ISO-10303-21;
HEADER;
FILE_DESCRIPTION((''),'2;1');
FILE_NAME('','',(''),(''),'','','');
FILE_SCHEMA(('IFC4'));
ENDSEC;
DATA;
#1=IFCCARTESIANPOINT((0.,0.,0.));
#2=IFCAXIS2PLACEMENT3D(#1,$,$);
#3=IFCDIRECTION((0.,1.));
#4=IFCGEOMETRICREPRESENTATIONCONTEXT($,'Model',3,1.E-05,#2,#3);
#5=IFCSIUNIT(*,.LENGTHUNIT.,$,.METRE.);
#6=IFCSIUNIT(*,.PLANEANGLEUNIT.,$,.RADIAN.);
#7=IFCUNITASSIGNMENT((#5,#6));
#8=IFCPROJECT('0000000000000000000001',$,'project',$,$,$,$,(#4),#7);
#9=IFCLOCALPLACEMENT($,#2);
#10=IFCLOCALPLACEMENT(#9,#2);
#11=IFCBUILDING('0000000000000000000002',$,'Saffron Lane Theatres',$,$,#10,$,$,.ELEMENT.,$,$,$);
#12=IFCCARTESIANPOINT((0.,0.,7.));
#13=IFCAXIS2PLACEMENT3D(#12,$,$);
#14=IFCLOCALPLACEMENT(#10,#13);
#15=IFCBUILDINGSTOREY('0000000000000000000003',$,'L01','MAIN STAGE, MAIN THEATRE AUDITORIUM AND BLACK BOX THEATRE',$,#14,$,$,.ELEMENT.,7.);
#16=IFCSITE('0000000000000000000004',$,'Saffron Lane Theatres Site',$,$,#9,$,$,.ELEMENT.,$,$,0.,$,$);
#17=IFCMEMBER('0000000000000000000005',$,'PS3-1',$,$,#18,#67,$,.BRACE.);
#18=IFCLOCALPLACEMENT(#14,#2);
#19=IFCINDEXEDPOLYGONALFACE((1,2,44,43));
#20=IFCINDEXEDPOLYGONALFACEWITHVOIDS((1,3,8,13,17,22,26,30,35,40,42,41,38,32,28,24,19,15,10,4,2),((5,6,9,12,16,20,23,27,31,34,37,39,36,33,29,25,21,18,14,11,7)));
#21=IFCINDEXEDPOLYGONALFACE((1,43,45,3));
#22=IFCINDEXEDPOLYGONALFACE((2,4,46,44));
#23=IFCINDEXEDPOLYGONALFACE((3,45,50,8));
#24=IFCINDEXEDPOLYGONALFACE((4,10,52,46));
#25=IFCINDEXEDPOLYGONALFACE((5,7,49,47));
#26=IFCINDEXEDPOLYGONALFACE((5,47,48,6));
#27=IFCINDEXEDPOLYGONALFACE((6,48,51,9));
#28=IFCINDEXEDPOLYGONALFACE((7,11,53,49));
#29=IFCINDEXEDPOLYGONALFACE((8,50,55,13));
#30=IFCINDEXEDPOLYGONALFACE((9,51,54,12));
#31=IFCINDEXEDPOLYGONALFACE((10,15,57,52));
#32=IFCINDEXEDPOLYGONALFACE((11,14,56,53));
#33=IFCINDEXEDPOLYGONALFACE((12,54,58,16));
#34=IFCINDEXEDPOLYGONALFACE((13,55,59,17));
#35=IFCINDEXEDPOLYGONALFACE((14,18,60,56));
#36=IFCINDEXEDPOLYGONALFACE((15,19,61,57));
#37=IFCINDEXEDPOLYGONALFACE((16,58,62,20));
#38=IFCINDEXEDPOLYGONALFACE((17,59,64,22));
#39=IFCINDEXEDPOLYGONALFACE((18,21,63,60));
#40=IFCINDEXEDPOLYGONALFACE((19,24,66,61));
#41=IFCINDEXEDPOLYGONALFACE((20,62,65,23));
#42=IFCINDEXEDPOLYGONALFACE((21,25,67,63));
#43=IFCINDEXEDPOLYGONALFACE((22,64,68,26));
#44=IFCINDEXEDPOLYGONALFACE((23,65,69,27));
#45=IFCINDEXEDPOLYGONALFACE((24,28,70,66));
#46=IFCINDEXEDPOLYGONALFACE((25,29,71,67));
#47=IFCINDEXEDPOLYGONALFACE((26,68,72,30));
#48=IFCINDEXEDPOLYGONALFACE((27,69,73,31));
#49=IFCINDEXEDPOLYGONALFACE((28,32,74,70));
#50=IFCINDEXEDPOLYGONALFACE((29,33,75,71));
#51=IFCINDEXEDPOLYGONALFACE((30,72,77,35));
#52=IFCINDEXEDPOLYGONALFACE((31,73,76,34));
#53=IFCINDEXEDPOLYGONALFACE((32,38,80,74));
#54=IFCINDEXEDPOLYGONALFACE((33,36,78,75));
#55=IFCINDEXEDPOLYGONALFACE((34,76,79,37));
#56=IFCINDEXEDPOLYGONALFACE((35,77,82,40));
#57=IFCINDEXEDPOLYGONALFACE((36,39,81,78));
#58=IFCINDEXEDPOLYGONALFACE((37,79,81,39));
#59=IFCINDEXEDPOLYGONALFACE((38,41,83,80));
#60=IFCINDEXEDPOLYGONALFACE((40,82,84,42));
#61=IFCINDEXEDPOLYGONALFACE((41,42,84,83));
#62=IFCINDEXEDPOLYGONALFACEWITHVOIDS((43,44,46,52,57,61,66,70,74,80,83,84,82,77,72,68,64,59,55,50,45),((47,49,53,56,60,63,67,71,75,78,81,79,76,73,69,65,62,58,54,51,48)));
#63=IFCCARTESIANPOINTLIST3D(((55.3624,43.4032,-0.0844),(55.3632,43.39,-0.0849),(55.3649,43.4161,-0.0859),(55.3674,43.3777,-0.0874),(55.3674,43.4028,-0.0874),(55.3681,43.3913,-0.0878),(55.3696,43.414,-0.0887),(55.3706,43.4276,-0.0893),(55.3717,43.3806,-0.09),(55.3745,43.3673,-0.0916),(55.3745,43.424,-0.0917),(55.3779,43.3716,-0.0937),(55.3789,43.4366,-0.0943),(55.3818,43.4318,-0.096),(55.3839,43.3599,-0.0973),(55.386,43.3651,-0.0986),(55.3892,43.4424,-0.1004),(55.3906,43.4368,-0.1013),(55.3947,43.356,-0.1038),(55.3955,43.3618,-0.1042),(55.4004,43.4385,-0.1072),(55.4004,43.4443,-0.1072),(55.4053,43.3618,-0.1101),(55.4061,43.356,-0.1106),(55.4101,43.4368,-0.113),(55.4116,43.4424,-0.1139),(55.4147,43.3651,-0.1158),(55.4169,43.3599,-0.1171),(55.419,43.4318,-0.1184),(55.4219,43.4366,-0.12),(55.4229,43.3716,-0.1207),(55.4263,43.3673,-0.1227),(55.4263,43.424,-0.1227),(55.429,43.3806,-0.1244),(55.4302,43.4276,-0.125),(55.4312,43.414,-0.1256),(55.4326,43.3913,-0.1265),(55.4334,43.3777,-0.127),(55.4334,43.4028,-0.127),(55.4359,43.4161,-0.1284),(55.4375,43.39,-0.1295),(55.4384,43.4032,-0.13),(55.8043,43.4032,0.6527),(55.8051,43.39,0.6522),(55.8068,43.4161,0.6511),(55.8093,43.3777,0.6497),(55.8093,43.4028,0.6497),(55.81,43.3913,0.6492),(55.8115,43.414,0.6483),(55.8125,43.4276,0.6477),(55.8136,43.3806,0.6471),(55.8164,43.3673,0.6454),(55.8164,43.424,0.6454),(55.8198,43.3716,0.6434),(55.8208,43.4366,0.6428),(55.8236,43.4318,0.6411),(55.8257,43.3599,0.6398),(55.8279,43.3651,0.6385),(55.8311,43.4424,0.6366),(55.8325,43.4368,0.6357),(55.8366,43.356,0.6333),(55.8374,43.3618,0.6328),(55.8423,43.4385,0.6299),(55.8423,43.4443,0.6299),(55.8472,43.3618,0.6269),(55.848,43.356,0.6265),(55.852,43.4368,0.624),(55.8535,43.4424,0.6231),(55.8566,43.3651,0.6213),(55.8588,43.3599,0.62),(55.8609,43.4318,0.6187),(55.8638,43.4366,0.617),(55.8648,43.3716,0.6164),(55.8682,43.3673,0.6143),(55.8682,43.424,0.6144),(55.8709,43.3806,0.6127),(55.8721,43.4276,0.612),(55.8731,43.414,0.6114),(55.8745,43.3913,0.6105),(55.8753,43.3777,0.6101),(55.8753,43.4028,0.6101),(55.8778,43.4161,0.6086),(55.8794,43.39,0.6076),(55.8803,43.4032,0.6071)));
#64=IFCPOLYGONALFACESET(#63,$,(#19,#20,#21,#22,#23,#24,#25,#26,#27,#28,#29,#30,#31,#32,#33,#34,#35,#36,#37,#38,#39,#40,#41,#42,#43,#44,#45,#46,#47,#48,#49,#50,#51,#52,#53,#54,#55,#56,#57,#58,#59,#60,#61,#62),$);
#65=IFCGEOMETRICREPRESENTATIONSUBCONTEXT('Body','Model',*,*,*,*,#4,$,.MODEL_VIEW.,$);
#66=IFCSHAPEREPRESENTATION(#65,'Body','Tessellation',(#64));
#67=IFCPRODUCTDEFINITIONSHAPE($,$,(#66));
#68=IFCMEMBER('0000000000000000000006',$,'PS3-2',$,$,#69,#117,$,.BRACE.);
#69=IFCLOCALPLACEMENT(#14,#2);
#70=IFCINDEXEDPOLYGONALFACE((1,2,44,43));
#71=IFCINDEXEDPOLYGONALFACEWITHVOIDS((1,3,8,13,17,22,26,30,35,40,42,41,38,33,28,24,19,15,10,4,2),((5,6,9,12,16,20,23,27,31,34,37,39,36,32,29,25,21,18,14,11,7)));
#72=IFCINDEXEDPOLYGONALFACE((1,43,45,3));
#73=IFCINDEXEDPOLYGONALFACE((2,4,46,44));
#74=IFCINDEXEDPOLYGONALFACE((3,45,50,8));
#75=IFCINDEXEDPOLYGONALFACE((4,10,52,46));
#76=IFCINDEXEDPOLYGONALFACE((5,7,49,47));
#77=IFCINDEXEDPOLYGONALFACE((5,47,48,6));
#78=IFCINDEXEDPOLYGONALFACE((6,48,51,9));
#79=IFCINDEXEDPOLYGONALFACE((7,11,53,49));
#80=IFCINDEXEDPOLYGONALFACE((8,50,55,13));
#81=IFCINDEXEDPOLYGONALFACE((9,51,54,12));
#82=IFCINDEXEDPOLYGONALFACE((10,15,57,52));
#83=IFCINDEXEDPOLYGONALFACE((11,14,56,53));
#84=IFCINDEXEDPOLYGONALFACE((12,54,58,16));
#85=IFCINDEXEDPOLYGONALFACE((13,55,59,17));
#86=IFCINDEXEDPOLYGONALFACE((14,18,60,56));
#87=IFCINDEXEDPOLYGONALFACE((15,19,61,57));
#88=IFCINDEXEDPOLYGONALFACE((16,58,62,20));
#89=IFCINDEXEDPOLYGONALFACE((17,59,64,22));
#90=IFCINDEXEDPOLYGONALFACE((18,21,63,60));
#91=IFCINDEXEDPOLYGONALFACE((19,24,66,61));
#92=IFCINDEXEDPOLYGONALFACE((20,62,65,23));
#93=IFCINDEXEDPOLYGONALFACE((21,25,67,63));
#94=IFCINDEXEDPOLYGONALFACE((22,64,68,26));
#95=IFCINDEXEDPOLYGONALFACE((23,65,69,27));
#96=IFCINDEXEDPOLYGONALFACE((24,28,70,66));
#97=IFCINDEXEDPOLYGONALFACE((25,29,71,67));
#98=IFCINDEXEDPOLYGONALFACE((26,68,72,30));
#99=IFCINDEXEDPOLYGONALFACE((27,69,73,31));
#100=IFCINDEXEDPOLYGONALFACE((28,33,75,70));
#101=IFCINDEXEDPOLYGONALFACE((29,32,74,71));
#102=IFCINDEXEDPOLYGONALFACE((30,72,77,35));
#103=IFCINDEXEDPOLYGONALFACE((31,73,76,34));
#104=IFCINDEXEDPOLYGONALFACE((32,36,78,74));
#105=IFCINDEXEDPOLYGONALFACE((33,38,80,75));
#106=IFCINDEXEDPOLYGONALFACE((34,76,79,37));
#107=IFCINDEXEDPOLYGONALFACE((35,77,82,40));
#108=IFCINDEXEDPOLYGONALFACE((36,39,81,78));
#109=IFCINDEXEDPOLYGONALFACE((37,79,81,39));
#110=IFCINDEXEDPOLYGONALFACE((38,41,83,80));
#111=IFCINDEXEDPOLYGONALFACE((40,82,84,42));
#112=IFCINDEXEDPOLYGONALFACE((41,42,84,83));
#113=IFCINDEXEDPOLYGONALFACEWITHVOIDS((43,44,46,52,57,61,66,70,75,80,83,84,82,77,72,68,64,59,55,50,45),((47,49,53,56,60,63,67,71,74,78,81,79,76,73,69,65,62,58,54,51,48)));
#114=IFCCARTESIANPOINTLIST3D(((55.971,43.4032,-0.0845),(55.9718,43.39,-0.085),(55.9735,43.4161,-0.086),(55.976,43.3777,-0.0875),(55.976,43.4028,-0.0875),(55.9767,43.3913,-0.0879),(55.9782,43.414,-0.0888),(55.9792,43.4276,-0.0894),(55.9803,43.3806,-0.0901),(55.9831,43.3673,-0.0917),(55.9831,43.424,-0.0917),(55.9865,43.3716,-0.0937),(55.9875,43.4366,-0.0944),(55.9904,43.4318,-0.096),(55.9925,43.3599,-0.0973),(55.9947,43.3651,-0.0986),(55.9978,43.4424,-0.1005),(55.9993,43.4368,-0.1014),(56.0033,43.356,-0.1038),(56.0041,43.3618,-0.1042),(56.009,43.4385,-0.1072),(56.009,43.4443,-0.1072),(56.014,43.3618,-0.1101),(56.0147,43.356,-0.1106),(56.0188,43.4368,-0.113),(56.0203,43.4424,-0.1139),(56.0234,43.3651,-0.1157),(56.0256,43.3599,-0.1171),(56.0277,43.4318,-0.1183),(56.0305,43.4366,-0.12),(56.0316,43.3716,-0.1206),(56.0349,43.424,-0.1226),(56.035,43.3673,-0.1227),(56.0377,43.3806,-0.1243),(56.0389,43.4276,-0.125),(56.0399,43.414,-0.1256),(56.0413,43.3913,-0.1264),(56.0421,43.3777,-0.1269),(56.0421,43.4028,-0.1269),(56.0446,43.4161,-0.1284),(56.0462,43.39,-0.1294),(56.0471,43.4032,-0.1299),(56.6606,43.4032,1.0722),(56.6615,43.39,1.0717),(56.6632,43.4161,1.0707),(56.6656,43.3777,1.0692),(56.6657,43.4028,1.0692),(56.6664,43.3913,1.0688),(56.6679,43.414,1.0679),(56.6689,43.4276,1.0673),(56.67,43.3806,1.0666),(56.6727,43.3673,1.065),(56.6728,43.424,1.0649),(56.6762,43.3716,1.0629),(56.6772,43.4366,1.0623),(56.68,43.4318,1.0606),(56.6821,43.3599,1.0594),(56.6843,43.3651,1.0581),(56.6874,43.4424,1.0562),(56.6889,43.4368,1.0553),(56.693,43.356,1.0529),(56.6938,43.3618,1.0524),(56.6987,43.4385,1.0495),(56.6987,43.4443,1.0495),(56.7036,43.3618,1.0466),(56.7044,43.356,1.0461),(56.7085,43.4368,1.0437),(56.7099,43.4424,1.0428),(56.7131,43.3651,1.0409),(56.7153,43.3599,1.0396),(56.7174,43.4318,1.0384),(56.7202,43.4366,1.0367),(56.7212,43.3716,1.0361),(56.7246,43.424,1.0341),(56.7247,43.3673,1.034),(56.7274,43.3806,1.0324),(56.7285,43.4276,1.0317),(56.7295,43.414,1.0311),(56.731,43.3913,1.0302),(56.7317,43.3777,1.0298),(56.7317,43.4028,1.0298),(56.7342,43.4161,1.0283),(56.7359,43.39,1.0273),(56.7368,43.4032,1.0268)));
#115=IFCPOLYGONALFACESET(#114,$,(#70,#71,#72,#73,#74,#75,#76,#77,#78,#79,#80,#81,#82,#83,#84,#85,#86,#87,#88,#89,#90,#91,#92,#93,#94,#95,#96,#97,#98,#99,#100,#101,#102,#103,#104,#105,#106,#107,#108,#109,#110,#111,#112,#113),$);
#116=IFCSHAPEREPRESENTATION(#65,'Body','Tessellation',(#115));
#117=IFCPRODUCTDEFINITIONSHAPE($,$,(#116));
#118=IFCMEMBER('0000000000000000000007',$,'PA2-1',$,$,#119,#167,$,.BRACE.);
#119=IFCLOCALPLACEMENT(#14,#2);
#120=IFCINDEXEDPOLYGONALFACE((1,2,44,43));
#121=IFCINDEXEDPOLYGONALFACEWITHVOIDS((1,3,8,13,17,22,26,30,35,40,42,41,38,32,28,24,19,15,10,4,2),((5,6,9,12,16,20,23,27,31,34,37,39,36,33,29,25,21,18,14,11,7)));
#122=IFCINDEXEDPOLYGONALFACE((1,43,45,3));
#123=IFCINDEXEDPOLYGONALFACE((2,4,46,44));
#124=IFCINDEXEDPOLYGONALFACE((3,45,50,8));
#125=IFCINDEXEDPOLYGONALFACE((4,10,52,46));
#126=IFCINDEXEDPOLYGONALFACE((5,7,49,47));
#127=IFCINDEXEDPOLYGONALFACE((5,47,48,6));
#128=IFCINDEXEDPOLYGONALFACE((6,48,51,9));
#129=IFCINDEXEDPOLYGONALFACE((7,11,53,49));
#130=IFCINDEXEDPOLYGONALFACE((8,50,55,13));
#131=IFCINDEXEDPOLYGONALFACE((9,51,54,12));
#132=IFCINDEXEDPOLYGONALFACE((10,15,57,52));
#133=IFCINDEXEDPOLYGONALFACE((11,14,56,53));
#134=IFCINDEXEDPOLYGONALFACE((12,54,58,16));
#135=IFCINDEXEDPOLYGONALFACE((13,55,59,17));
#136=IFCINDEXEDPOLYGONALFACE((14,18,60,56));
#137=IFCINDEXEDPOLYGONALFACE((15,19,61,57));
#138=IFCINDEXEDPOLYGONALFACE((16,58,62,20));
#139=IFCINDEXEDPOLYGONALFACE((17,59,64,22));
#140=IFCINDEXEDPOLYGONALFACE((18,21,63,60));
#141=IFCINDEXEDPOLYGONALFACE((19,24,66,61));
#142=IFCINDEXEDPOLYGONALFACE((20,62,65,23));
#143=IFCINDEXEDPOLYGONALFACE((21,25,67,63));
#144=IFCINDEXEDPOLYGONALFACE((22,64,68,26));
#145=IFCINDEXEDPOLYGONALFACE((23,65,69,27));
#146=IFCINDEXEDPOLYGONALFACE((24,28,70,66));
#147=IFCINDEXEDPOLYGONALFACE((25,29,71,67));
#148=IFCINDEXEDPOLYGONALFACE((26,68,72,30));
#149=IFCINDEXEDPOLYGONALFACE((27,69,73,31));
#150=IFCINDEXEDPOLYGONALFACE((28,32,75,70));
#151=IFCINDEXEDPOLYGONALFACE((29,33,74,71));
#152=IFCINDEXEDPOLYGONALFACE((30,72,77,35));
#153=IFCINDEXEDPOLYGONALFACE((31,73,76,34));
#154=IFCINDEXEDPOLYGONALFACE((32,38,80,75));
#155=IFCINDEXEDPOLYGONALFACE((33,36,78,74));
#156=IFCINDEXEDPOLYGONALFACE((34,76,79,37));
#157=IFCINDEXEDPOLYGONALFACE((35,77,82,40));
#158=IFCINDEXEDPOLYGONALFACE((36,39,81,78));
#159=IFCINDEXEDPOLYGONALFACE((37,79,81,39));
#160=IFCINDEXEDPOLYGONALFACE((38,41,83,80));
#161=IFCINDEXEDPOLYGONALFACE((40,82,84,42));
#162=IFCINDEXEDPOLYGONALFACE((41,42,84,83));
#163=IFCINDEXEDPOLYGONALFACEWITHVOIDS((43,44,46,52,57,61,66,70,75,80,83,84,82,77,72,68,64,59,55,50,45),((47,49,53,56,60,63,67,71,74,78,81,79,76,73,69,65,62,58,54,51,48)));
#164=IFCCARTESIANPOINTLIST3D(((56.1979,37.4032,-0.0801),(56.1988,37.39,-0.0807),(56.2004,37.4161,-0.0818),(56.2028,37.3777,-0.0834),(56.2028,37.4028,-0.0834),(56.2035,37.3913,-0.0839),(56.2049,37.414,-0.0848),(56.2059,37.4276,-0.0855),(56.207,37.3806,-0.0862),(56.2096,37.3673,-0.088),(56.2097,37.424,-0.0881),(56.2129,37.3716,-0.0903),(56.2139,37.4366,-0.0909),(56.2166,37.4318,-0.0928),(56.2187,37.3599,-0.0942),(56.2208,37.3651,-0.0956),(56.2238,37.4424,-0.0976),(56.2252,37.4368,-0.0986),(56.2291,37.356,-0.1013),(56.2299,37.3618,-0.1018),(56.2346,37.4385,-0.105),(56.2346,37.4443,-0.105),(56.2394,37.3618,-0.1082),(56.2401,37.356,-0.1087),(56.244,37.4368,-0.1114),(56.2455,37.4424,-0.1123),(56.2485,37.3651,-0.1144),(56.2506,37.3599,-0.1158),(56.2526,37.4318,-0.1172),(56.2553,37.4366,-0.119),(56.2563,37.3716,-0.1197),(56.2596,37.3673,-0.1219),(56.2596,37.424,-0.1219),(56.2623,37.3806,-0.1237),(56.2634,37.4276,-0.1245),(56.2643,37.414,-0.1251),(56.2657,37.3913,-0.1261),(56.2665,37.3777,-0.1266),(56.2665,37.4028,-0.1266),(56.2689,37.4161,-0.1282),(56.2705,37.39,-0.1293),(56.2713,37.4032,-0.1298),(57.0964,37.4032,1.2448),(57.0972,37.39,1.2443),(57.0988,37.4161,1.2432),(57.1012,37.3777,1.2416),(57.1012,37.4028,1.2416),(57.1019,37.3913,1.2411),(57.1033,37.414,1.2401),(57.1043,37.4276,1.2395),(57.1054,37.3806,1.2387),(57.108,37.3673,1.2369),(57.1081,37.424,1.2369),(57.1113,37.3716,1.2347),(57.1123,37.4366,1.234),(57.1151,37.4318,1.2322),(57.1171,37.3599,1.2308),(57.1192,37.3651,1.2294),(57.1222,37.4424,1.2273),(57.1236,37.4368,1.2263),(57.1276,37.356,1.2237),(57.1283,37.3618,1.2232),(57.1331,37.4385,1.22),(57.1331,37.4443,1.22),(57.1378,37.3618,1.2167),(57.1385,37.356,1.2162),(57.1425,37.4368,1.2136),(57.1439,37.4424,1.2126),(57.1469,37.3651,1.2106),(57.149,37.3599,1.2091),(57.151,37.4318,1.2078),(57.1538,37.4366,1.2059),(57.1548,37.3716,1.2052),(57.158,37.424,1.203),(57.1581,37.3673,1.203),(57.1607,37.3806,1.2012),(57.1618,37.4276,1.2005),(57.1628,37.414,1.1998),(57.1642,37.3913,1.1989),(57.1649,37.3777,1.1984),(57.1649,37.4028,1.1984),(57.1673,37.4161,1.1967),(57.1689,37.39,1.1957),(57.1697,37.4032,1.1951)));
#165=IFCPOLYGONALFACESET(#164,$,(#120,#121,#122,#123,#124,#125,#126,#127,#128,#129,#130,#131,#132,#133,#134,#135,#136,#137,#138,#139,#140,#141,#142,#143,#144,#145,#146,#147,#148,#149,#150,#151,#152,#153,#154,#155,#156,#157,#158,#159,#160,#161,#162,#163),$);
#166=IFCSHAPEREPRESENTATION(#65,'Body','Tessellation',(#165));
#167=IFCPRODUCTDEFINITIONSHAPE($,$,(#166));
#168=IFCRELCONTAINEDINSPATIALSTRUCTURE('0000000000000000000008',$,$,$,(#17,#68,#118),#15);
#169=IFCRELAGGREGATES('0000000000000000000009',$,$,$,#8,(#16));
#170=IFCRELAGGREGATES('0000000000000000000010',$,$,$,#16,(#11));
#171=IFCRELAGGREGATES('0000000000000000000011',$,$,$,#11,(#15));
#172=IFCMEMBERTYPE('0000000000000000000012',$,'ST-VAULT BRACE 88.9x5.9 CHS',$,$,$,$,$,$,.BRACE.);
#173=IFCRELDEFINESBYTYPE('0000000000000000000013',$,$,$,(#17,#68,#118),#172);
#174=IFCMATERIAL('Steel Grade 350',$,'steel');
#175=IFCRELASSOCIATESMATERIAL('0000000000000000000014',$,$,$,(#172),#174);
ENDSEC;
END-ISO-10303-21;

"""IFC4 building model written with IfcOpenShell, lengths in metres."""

from ifc_helpers import new_model, si_unit, direction, frame, origin, origin_2d, place, context, subcontext, project, spatial, hollow_circle, extrude, material, material_profile, profile_set, type_object, element, save


model = new_model("IFC4")

# Units and contexts
model_context = context("Model", 3, precision=1e-05, world=origin(), true_north=direction((0.0, 1.0)))
body_context = subcontext(model_context, "Body", "Model", "MODEL_VIEW")
ifc_project = project(units=[si_unit("LENGTHUNIT", "METRE"), si_unit("PLANEANGLEUNIT", "RADIAN")], contexts=[model_context])

# Site, building, storey
site_placement = place(None, origin())
site = spatial("IfcSite", under=ifc_project, at=site_placement, Name="Saffron Lane Theatres Site", CompositionType="ELEMENT", RefElevation=0.0)
building_placement = place(site_placement, origin())
building = spatial("IfcBuilding", under=site, at=building_placement, Name="Saffron Lane Theatres", CompositionType="ELEMENT")
storey_placement = place(building_placement, frame((0.0, 0.0, 7.0)))
storey = spatial("IfcBuildingStorey", under=building, at=storey_placement, Name="L01", Description="MAIN STAGE, MAIN THEATRE AUDITORIUM AND BLACK BOX THEATRE", CompositionType="ELEMENT", Elevation=7.0)

# Members
ifc_material_1 = material(Name="Steel Grade 350", Category="steel")
ifc_material_profile_1 = material_profile(ifc_material_1, hollow_circle(Radius=0.0444, WallThickness=0.0059, at=origin_2d()))
ifc_profile_set_1 = profile_set([ifc_material_profile_1], Name="Steel Grade 350")
member_type = type_object("IfcMemberType", Name="ST-VAULT BRACE 88.9x5.9 CHS", PredefinedType="BRACE", material=ifc_profile_set_1)
for number, where, z_axis, x_axis, name in (
    (1, (55.4004, 43.3999, -0.1072), (0.514203, 0.0, 0.857668), (0.0, 1.0, 0.0), "PS3-1"),
):
    element("IfcMember", number, at=place(storey_placement, frame(where, z_axis=z_axis, x_axis=x_axis)), inside=storey, type_object=member_type, Name=name, PredefinedType="BRACE", context=body_context, shape_type="SweptSolid", body=[
        extrude(hollow_circle(Radius=0.0444, WallThickness=0.0059, at=origin_2d()), origin(), (0.0, 0.0, 1.0), 0.8594),
    ])
member_1_placement = place(storey_placement, frame((56.009, 43.3999, -0.1072), z_axis=(0.512121, 0.0, 0.858913), x_axis=(0.0, 1.0, 0.0)))
element("IfcMember", 2, at=member_1_placement, inside=storey, type_object=member_type, Name="PS3-2", PredefinedType="BRACE", context=body_context, shape_type="SweptSolid", body=[
    extrude(hollow_circle(Radius=0.0444, WallThickness=0.0059, at=origin_2d()), origin(), (0.0, 0.0, 1.0), 1.3467),
])
member_2_placement = place(storey_placement, frame((56.2346, 37.3999, -0.105), z_axis=(0.561229, 0.0, 0.82766), x_axis=(0.0, 1.0, 0.0)))
element("IfcMember", 3, at=member_2_placement, inside=storey, type_object=member_type, Name="PA2-1", PredefinedType="BRACE", context=body_context, shape_type="SweptSolid", body=[
    extrude(hollow_circle(Radius=0.0444, WallThickness=0.0059, at=origin_2d()), origin(), (0.0, 0.0, 1.0), 1.6008),
])

save(model, "model.ifc")
